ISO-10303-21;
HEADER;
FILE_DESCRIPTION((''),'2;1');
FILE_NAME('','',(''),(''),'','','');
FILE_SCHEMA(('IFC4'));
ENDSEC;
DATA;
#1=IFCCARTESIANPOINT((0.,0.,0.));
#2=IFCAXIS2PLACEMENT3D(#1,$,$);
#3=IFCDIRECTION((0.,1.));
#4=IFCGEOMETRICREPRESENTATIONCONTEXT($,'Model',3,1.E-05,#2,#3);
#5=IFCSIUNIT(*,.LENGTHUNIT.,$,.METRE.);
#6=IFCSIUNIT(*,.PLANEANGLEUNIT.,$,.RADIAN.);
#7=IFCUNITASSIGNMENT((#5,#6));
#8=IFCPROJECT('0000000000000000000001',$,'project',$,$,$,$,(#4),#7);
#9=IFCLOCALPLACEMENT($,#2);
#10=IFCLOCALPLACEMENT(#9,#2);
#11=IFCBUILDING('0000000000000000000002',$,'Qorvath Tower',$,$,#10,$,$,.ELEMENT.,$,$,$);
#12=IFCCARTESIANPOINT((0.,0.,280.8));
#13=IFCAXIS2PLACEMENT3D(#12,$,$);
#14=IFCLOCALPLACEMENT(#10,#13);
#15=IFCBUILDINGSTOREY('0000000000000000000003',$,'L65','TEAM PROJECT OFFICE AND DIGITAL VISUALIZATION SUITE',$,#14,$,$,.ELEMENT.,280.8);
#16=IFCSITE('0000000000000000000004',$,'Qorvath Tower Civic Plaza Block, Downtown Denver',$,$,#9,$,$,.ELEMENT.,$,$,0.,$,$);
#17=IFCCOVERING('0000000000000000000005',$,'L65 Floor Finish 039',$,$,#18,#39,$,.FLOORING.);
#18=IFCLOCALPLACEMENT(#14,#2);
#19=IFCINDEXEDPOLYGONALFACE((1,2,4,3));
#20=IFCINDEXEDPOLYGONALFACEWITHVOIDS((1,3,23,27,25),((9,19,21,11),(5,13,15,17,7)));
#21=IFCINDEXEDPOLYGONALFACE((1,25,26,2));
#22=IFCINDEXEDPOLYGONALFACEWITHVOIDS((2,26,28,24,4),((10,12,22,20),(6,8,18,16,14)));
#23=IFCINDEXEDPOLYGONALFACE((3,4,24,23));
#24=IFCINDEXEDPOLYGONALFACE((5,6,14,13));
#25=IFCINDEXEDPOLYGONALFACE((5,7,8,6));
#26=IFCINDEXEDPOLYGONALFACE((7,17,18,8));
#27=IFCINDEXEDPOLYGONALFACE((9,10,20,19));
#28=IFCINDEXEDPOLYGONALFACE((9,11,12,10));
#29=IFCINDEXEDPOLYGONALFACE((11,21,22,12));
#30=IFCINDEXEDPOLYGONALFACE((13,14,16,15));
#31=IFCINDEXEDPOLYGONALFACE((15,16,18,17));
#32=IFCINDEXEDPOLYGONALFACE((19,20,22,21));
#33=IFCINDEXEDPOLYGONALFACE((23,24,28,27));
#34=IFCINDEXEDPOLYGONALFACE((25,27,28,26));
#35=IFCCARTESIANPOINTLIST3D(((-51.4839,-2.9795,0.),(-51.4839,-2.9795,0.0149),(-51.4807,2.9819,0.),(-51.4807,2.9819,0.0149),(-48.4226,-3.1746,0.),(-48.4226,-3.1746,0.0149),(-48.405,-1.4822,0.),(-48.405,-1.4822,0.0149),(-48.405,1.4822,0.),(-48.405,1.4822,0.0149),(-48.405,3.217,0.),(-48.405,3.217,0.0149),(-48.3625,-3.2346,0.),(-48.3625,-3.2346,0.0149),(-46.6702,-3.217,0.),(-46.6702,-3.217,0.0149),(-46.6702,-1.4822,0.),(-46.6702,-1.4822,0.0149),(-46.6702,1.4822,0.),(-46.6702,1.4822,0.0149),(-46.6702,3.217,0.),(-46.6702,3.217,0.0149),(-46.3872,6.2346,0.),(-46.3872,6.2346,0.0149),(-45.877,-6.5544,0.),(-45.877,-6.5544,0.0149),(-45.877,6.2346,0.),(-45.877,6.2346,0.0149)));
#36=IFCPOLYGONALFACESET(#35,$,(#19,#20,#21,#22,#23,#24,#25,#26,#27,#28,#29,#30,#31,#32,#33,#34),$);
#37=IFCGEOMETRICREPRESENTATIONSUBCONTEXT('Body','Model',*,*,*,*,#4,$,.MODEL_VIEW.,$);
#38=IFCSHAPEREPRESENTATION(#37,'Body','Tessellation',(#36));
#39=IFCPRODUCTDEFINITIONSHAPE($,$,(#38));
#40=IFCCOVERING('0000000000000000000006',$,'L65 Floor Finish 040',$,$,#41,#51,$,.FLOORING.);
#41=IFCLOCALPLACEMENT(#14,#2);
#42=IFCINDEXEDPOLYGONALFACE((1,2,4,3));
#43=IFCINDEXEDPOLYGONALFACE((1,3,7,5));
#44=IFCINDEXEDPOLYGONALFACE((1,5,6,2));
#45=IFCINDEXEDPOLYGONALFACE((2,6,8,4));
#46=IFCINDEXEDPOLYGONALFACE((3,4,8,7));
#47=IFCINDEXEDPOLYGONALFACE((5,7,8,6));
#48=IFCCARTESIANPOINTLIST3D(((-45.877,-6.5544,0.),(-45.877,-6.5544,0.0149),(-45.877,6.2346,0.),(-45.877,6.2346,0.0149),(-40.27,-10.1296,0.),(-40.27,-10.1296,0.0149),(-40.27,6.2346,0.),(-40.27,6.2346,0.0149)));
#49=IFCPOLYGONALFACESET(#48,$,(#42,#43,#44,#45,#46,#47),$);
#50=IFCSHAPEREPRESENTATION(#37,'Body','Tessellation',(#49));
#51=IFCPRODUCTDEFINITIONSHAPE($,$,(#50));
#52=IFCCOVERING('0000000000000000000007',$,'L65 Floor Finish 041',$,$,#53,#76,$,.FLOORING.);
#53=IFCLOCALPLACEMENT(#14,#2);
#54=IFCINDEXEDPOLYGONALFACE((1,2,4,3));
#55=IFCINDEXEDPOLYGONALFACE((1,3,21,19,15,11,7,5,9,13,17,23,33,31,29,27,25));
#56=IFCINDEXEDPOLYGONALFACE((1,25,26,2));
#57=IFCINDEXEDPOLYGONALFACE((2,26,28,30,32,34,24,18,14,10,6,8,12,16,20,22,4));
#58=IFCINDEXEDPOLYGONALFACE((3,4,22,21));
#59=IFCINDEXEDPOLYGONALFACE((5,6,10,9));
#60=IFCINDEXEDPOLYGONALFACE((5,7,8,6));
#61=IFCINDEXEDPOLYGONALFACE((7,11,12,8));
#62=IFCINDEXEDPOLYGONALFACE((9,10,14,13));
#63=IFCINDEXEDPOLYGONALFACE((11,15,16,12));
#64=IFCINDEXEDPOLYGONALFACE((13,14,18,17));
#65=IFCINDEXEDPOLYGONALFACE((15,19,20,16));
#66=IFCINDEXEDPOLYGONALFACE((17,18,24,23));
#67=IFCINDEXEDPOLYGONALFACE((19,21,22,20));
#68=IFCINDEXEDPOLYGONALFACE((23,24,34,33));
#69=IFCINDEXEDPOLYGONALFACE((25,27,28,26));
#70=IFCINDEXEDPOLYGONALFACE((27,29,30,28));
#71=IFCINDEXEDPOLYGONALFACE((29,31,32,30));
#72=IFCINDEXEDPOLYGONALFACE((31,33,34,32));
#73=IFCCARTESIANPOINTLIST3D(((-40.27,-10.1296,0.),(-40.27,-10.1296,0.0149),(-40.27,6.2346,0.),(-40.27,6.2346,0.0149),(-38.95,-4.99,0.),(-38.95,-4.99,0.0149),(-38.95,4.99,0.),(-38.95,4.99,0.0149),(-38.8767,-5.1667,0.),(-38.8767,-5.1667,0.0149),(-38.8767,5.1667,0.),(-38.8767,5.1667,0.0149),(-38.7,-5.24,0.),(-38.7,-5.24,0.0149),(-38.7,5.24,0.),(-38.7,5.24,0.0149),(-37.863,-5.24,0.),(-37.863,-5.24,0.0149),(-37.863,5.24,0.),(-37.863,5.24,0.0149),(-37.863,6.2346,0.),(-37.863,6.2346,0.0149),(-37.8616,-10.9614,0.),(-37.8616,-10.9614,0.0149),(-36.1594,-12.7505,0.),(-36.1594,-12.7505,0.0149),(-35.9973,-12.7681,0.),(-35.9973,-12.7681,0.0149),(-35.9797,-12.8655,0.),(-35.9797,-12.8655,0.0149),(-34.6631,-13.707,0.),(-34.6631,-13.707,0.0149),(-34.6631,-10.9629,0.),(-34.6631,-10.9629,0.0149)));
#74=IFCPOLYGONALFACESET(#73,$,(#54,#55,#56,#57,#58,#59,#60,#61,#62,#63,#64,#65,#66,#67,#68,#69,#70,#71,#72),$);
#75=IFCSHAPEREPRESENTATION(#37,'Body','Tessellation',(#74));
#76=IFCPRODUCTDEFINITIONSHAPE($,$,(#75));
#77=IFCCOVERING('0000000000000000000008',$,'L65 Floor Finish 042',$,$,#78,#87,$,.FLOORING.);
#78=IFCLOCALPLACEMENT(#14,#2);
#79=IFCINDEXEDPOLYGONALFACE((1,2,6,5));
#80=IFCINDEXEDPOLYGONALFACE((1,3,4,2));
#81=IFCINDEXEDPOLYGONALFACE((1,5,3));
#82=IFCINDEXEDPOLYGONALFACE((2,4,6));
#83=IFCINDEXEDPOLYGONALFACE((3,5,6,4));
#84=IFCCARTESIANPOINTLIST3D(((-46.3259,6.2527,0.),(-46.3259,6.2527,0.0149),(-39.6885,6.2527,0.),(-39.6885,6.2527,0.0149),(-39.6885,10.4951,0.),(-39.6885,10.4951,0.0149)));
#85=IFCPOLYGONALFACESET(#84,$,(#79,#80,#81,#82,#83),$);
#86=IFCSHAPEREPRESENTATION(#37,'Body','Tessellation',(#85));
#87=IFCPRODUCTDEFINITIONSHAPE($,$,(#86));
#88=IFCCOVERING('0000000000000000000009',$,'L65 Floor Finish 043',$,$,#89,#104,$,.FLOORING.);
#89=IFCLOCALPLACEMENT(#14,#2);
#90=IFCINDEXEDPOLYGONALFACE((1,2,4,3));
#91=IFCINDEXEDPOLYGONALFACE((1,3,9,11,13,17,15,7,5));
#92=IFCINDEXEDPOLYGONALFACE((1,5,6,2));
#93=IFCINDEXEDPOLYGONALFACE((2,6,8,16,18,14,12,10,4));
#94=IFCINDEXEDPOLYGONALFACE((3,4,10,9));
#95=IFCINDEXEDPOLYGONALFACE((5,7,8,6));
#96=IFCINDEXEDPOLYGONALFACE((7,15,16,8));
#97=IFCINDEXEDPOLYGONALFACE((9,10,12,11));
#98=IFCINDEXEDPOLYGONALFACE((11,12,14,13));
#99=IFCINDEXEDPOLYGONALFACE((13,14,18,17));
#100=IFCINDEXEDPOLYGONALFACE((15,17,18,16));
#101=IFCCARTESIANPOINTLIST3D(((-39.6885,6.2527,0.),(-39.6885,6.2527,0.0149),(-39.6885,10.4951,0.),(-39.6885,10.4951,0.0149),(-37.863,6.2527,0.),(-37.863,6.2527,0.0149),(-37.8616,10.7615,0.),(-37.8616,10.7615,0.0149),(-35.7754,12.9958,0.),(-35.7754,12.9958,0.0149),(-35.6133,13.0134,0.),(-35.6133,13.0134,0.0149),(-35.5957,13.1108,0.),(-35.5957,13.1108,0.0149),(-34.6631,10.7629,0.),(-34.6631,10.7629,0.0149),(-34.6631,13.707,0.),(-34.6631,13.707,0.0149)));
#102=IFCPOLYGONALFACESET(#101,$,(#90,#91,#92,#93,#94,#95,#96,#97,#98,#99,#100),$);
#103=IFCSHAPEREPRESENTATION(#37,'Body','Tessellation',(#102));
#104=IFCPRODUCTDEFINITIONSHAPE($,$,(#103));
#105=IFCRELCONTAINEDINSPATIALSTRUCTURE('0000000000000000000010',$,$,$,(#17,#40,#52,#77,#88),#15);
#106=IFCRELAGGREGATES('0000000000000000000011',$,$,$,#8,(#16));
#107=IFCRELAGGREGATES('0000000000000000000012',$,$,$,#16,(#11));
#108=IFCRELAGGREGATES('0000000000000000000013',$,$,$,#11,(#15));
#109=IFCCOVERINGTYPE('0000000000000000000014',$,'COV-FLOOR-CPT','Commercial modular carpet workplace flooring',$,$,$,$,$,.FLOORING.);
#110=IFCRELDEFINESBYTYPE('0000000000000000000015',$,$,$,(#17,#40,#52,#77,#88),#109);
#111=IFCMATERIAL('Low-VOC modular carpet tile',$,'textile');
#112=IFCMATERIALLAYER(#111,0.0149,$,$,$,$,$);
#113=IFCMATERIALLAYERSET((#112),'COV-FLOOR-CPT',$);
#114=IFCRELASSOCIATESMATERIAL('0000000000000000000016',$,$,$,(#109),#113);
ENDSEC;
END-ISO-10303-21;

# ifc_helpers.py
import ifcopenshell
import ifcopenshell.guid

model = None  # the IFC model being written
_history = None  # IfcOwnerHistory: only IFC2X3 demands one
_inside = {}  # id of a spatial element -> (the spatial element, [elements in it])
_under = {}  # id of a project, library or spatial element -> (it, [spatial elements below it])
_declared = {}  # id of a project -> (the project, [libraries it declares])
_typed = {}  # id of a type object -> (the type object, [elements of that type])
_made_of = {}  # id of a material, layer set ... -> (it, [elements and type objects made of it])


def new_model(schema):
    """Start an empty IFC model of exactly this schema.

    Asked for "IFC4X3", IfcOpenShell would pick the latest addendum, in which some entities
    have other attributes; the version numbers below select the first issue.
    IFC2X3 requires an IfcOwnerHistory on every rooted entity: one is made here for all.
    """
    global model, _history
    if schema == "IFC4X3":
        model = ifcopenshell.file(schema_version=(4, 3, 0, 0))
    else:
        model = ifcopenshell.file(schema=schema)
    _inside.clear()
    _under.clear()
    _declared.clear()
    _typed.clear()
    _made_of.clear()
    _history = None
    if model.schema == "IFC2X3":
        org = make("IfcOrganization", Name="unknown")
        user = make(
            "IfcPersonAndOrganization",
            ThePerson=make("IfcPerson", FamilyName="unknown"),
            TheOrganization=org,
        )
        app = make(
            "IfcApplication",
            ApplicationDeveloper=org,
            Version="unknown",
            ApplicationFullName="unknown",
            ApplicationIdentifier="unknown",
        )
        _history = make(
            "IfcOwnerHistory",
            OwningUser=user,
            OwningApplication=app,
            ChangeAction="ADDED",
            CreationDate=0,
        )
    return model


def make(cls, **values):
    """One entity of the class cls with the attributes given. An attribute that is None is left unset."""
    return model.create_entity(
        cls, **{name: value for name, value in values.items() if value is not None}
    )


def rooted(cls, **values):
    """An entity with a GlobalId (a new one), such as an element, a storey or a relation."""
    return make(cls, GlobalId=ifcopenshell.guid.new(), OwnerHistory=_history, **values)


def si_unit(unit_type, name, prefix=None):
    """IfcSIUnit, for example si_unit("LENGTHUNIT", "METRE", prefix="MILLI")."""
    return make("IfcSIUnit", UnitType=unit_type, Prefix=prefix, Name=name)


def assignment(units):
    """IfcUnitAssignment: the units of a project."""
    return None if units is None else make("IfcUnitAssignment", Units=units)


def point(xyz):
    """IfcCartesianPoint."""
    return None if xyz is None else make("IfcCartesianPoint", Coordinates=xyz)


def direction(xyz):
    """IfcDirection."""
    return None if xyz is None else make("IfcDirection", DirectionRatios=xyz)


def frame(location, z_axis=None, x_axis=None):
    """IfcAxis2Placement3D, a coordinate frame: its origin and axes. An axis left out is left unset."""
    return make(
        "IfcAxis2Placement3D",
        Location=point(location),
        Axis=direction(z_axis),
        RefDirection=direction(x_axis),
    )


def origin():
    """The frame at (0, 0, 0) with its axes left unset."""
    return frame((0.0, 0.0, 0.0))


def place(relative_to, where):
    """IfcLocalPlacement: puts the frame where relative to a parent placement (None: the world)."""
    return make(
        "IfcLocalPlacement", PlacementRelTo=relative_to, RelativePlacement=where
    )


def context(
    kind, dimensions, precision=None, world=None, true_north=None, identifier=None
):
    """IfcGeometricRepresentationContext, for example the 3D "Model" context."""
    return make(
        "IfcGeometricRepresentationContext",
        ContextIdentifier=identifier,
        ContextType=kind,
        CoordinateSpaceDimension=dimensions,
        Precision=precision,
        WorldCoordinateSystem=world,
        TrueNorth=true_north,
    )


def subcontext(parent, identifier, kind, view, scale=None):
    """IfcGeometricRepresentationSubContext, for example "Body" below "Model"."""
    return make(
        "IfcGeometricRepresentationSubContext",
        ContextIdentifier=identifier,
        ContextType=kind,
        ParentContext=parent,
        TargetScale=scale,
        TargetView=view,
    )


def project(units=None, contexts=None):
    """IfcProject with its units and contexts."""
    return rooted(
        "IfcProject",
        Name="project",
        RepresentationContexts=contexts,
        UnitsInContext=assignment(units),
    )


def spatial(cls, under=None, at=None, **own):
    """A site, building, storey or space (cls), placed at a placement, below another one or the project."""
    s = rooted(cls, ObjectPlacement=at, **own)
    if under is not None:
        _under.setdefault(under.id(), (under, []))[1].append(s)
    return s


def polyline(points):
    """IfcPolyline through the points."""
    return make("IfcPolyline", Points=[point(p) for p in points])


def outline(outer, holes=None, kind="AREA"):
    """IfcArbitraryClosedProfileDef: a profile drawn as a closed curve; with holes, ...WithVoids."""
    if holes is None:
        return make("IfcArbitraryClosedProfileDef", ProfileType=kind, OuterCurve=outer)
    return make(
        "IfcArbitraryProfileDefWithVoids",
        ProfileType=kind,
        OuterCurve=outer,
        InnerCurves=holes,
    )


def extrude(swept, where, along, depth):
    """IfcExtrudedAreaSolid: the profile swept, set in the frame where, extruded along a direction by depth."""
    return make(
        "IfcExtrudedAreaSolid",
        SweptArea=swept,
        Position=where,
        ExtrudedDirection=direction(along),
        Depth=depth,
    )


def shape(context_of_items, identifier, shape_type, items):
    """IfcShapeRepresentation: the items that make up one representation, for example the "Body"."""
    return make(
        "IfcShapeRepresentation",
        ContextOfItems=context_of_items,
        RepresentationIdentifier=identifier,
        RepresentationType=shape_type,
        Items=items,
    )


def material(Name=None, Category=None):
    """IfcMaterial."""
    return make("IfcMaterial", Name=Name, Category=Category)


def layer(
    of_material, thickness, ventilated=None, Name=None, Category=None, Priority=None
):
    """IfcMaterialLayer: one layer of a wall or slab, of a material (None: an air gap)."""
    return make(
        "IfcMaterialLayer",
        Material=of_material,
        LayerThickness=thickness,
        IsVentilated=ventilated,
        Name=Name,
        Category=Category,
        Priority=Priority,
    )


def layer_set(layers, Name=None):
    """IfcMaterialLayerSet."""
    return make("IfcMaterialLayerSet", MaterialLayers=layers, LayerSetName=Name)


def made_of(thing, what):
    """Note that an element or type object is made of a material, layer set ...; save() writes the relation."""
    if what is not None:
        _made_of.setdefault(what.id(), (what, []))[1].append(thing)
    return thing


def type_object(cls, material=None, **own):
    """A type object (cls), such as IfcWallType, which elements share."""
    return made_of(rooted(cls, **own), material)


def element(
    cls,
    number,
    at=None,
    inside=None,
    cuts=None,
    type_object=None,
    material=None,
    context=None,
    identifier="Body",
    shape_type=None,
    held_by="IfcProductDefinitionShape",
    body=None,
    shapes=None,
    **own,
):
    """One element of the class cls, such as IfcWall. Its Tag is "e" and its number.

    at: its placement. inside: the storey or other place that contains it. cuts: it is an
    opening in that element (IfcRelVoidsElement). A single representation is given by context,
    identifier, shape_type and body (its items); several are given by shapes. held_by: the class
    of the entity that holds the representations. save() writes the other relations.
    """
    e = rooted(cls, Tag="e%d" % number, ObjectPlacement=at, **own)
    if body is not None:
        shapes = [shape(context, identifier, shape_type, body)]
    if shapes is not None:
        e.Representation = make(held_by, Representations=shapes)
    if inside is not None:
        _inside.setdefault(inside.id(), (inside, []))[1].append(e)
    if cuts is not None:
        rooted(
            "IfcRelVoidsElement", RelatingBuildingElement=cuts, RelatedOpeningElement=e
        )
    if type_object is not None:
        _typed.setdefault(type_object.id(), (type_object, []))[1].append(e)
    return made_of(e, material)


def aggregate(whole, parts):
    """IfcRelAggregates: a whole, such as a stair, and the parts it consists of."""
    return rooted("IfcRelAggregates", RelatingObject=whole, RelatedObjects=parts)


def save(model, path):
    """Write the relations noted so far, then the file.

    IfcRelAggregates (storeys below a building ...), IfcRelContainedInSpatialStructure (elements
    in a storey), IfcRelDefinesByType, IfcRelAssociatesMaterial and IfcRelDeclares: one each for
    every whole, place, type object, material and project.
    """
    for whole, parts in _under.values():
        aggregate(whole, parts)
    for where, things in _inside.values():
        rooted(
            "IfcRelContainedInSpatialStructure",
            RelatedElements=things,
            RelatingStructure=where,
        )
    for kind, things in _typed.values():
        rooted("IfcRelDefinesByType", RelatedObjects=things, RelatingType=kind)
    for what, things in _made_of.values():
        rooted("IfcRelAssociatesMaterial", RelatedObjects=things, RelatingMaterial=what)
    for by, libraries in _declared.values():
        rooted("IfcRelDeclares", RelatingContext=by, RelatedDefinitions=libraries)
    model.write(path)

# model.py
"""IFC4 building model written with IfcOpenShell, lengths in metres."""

from ifc_helpers import new_model, si_unit, direction, frame, origin, place, context, subcontext, project, spatial, polyline, outline, extrude, material, layer, layer_set, type_object, element, save


model = new_model("IFC4")

# Units and contexts
model_context = context("Model", 3, precision=1e-05, world=origin(), true_north=direction((0.0, 1.0)))
body_context = subcontext(model_context, "Body", "Model", "MODEL_VIEW")
ifc_project = project(units=[si_unit("LENGTHUNIT", "METRE"), si_unit("PLANEANGLEUNIT", "RADIAN")], contexts=[model_context])

# Site, building, storey
site_placement = place(None, origin())
site = spatial("IfcSite", under=ifc_project, at=site_placement, Name="Qorvath Tower Civic Plaza Block, Downtown Denver", CompositionType="ELEMENT", RefElevation=0.0)
building_placement = place(site_placement, origin())
building = spatial("IfcBuilding", under=site, at=building_placement, Name="Qorvath Tower", CompositionType="ELEMENT")
storey_placement = place(building_placement, frame((0.0, 0.0, 280.8)))
storey = spatial("IfcBuildingStorey", under=building, at=storey_placement, Name="L65", Description="TEAM PROJECT OFFICE AND DIGITAL VISUALIZATION SUITE", CompositionType="ELEMENT", Elevation=280.8)

# Coverings
ifc_material_1 = material(Name="Low-VOC modular carpet tile", Category="textile")
ifc_layer_1 = layer(ifc_material_1, 0.0149)
ifc_layer_set_1 = layer_set([ifc_layer_1], Name="COV-FLOOR-CPT")
covering_type_1 = type_object("IfcCoveringType", Name="COV-FLOOR-CPT", Description="Commercial modular carpet workplace flooring", PredefinedType="FLOORING", material=ifc_layer_set_1)
covering_1_placement = place(storey_placement, origin())
element("IfcCovering", 1, at=covering_1_placement, inside=storey, type_object=covering_type_1, Name="L65 Floor Finish 039", PredefinedType="FLOORING", context=body_context, shape_type="SweptSolid", body=[
    extrude(outline(polyline([(-51.4807, 2.9819), (-51.4839, -2.9795), (-45.877, -6.5544), (-45.877, 6.2346), (-46.3872, 6.2346), (-51.4807, 2.9819)]), holes=[polyline([(-48.4226, -3.1746), (-48.405, -1.4822), (-46.6702, -1.4822), (-46.6702, -3.217), (-48.3625, -3.2346), (-48.4226, -3.1746)]), polyline([(-48.405, 1.4822), (-48.405, 3.217), (-46.6702, 3.217), (-46.6702, 1.4822), (-48.405, 1.4822)])]), origin(), (0.0, 0.0, 1.0), 0.0149),
])
covering_2_placement = place(storey_placement, origin())
element("IfcCovering", 2, at=covering_2_placement, inside=storey, type_object=covering_type_1, Name="L65 Floor Finish 040", PredefinedType="FLOORING", context=body_context, shape_type="SweptSolid", body=[
    extrude(outline(polyline([(-45.877, 6.2346), (-45.877, -6.5544), (-40.27, -10.1296), (-40.27, 6.2346), (-45.877, 6.2346)])), origin(), (0.0, 0.0, 1.0), 0.0149),
])
covering_3_placement = place(storey_placement, origin())
element("IfcCovering", 3, at=covering_3_placement, inside=storey, type_object=covering_type_1, Name="L65 Floor Finish 041", PredefinedType="FLOORING", context=body_context, shape_type="SweptSolid", body=[
    extrude(outline(polyline([(-40.27, 6.2346), (-40.27, -10.1296), (-36.1594, -12.7505), (-35.9973, -12.7681), (-35.9797, -12.8655), (-34.6631, -13.707), (-34.6631, -10.9629), (-37.8616, -10.9614), (-37.863, -5.24), (-38.7, -5.24), (-38.8767, -5.1667), (-38.95, -4.99), (-38.95, 4.99), (-38.8767, 5.1667), (-38.7, 5.24), (-37.863, 5.24), (-37.863, 6.2346), (-40.27, 6.2346)])), origin(), (0.0, 0.0, 1.0), 0.0149),
])
covering_4_placement = place(storey_placement, origin())
element("IfcCovering", 4, at=covering_4_placement, inside=storey, type_object=covering_type_1, Name="L65 Floor Finish 042", PredefinedType="FLOORING", context=body_context, shape_type="SweptSolid", body=[
    extrude(outline(polyline([(-39.6885, 6.2527), (-39.6885, 10.4951), (-46.3259, 6.2527), (-39.6885, 6.2527)])), origin(), (0.0, 0.0, 1.0), 0.0149),
])
covering_5_placement = place(storey_placement, origin())
element("IfcCovering", 5, at=covering_5_placement, inside=storey, type_object=covering_type_1, Name="L65 Floor Finish 043", PredefinedType="FLOORING", context=body_context, shape_type="SweptSolid", body=[
    extrude(outline(polyline([(-34.6631, 10.7629), (-34.6631, 13.707), (-35.5957, 13.1108), (-35.6133, 13.0134), (-35.7754, 12.9958), (-39.6885, 10.4951), (-39.6885, 6.2527), (-37.863, 6.2527), (-37.8616, 10.7615), (-34.6631, 10.7629)])), origin(), (0.0, 0.0, 1.0), 0.0149),
])

save(model, "model.ifc")
